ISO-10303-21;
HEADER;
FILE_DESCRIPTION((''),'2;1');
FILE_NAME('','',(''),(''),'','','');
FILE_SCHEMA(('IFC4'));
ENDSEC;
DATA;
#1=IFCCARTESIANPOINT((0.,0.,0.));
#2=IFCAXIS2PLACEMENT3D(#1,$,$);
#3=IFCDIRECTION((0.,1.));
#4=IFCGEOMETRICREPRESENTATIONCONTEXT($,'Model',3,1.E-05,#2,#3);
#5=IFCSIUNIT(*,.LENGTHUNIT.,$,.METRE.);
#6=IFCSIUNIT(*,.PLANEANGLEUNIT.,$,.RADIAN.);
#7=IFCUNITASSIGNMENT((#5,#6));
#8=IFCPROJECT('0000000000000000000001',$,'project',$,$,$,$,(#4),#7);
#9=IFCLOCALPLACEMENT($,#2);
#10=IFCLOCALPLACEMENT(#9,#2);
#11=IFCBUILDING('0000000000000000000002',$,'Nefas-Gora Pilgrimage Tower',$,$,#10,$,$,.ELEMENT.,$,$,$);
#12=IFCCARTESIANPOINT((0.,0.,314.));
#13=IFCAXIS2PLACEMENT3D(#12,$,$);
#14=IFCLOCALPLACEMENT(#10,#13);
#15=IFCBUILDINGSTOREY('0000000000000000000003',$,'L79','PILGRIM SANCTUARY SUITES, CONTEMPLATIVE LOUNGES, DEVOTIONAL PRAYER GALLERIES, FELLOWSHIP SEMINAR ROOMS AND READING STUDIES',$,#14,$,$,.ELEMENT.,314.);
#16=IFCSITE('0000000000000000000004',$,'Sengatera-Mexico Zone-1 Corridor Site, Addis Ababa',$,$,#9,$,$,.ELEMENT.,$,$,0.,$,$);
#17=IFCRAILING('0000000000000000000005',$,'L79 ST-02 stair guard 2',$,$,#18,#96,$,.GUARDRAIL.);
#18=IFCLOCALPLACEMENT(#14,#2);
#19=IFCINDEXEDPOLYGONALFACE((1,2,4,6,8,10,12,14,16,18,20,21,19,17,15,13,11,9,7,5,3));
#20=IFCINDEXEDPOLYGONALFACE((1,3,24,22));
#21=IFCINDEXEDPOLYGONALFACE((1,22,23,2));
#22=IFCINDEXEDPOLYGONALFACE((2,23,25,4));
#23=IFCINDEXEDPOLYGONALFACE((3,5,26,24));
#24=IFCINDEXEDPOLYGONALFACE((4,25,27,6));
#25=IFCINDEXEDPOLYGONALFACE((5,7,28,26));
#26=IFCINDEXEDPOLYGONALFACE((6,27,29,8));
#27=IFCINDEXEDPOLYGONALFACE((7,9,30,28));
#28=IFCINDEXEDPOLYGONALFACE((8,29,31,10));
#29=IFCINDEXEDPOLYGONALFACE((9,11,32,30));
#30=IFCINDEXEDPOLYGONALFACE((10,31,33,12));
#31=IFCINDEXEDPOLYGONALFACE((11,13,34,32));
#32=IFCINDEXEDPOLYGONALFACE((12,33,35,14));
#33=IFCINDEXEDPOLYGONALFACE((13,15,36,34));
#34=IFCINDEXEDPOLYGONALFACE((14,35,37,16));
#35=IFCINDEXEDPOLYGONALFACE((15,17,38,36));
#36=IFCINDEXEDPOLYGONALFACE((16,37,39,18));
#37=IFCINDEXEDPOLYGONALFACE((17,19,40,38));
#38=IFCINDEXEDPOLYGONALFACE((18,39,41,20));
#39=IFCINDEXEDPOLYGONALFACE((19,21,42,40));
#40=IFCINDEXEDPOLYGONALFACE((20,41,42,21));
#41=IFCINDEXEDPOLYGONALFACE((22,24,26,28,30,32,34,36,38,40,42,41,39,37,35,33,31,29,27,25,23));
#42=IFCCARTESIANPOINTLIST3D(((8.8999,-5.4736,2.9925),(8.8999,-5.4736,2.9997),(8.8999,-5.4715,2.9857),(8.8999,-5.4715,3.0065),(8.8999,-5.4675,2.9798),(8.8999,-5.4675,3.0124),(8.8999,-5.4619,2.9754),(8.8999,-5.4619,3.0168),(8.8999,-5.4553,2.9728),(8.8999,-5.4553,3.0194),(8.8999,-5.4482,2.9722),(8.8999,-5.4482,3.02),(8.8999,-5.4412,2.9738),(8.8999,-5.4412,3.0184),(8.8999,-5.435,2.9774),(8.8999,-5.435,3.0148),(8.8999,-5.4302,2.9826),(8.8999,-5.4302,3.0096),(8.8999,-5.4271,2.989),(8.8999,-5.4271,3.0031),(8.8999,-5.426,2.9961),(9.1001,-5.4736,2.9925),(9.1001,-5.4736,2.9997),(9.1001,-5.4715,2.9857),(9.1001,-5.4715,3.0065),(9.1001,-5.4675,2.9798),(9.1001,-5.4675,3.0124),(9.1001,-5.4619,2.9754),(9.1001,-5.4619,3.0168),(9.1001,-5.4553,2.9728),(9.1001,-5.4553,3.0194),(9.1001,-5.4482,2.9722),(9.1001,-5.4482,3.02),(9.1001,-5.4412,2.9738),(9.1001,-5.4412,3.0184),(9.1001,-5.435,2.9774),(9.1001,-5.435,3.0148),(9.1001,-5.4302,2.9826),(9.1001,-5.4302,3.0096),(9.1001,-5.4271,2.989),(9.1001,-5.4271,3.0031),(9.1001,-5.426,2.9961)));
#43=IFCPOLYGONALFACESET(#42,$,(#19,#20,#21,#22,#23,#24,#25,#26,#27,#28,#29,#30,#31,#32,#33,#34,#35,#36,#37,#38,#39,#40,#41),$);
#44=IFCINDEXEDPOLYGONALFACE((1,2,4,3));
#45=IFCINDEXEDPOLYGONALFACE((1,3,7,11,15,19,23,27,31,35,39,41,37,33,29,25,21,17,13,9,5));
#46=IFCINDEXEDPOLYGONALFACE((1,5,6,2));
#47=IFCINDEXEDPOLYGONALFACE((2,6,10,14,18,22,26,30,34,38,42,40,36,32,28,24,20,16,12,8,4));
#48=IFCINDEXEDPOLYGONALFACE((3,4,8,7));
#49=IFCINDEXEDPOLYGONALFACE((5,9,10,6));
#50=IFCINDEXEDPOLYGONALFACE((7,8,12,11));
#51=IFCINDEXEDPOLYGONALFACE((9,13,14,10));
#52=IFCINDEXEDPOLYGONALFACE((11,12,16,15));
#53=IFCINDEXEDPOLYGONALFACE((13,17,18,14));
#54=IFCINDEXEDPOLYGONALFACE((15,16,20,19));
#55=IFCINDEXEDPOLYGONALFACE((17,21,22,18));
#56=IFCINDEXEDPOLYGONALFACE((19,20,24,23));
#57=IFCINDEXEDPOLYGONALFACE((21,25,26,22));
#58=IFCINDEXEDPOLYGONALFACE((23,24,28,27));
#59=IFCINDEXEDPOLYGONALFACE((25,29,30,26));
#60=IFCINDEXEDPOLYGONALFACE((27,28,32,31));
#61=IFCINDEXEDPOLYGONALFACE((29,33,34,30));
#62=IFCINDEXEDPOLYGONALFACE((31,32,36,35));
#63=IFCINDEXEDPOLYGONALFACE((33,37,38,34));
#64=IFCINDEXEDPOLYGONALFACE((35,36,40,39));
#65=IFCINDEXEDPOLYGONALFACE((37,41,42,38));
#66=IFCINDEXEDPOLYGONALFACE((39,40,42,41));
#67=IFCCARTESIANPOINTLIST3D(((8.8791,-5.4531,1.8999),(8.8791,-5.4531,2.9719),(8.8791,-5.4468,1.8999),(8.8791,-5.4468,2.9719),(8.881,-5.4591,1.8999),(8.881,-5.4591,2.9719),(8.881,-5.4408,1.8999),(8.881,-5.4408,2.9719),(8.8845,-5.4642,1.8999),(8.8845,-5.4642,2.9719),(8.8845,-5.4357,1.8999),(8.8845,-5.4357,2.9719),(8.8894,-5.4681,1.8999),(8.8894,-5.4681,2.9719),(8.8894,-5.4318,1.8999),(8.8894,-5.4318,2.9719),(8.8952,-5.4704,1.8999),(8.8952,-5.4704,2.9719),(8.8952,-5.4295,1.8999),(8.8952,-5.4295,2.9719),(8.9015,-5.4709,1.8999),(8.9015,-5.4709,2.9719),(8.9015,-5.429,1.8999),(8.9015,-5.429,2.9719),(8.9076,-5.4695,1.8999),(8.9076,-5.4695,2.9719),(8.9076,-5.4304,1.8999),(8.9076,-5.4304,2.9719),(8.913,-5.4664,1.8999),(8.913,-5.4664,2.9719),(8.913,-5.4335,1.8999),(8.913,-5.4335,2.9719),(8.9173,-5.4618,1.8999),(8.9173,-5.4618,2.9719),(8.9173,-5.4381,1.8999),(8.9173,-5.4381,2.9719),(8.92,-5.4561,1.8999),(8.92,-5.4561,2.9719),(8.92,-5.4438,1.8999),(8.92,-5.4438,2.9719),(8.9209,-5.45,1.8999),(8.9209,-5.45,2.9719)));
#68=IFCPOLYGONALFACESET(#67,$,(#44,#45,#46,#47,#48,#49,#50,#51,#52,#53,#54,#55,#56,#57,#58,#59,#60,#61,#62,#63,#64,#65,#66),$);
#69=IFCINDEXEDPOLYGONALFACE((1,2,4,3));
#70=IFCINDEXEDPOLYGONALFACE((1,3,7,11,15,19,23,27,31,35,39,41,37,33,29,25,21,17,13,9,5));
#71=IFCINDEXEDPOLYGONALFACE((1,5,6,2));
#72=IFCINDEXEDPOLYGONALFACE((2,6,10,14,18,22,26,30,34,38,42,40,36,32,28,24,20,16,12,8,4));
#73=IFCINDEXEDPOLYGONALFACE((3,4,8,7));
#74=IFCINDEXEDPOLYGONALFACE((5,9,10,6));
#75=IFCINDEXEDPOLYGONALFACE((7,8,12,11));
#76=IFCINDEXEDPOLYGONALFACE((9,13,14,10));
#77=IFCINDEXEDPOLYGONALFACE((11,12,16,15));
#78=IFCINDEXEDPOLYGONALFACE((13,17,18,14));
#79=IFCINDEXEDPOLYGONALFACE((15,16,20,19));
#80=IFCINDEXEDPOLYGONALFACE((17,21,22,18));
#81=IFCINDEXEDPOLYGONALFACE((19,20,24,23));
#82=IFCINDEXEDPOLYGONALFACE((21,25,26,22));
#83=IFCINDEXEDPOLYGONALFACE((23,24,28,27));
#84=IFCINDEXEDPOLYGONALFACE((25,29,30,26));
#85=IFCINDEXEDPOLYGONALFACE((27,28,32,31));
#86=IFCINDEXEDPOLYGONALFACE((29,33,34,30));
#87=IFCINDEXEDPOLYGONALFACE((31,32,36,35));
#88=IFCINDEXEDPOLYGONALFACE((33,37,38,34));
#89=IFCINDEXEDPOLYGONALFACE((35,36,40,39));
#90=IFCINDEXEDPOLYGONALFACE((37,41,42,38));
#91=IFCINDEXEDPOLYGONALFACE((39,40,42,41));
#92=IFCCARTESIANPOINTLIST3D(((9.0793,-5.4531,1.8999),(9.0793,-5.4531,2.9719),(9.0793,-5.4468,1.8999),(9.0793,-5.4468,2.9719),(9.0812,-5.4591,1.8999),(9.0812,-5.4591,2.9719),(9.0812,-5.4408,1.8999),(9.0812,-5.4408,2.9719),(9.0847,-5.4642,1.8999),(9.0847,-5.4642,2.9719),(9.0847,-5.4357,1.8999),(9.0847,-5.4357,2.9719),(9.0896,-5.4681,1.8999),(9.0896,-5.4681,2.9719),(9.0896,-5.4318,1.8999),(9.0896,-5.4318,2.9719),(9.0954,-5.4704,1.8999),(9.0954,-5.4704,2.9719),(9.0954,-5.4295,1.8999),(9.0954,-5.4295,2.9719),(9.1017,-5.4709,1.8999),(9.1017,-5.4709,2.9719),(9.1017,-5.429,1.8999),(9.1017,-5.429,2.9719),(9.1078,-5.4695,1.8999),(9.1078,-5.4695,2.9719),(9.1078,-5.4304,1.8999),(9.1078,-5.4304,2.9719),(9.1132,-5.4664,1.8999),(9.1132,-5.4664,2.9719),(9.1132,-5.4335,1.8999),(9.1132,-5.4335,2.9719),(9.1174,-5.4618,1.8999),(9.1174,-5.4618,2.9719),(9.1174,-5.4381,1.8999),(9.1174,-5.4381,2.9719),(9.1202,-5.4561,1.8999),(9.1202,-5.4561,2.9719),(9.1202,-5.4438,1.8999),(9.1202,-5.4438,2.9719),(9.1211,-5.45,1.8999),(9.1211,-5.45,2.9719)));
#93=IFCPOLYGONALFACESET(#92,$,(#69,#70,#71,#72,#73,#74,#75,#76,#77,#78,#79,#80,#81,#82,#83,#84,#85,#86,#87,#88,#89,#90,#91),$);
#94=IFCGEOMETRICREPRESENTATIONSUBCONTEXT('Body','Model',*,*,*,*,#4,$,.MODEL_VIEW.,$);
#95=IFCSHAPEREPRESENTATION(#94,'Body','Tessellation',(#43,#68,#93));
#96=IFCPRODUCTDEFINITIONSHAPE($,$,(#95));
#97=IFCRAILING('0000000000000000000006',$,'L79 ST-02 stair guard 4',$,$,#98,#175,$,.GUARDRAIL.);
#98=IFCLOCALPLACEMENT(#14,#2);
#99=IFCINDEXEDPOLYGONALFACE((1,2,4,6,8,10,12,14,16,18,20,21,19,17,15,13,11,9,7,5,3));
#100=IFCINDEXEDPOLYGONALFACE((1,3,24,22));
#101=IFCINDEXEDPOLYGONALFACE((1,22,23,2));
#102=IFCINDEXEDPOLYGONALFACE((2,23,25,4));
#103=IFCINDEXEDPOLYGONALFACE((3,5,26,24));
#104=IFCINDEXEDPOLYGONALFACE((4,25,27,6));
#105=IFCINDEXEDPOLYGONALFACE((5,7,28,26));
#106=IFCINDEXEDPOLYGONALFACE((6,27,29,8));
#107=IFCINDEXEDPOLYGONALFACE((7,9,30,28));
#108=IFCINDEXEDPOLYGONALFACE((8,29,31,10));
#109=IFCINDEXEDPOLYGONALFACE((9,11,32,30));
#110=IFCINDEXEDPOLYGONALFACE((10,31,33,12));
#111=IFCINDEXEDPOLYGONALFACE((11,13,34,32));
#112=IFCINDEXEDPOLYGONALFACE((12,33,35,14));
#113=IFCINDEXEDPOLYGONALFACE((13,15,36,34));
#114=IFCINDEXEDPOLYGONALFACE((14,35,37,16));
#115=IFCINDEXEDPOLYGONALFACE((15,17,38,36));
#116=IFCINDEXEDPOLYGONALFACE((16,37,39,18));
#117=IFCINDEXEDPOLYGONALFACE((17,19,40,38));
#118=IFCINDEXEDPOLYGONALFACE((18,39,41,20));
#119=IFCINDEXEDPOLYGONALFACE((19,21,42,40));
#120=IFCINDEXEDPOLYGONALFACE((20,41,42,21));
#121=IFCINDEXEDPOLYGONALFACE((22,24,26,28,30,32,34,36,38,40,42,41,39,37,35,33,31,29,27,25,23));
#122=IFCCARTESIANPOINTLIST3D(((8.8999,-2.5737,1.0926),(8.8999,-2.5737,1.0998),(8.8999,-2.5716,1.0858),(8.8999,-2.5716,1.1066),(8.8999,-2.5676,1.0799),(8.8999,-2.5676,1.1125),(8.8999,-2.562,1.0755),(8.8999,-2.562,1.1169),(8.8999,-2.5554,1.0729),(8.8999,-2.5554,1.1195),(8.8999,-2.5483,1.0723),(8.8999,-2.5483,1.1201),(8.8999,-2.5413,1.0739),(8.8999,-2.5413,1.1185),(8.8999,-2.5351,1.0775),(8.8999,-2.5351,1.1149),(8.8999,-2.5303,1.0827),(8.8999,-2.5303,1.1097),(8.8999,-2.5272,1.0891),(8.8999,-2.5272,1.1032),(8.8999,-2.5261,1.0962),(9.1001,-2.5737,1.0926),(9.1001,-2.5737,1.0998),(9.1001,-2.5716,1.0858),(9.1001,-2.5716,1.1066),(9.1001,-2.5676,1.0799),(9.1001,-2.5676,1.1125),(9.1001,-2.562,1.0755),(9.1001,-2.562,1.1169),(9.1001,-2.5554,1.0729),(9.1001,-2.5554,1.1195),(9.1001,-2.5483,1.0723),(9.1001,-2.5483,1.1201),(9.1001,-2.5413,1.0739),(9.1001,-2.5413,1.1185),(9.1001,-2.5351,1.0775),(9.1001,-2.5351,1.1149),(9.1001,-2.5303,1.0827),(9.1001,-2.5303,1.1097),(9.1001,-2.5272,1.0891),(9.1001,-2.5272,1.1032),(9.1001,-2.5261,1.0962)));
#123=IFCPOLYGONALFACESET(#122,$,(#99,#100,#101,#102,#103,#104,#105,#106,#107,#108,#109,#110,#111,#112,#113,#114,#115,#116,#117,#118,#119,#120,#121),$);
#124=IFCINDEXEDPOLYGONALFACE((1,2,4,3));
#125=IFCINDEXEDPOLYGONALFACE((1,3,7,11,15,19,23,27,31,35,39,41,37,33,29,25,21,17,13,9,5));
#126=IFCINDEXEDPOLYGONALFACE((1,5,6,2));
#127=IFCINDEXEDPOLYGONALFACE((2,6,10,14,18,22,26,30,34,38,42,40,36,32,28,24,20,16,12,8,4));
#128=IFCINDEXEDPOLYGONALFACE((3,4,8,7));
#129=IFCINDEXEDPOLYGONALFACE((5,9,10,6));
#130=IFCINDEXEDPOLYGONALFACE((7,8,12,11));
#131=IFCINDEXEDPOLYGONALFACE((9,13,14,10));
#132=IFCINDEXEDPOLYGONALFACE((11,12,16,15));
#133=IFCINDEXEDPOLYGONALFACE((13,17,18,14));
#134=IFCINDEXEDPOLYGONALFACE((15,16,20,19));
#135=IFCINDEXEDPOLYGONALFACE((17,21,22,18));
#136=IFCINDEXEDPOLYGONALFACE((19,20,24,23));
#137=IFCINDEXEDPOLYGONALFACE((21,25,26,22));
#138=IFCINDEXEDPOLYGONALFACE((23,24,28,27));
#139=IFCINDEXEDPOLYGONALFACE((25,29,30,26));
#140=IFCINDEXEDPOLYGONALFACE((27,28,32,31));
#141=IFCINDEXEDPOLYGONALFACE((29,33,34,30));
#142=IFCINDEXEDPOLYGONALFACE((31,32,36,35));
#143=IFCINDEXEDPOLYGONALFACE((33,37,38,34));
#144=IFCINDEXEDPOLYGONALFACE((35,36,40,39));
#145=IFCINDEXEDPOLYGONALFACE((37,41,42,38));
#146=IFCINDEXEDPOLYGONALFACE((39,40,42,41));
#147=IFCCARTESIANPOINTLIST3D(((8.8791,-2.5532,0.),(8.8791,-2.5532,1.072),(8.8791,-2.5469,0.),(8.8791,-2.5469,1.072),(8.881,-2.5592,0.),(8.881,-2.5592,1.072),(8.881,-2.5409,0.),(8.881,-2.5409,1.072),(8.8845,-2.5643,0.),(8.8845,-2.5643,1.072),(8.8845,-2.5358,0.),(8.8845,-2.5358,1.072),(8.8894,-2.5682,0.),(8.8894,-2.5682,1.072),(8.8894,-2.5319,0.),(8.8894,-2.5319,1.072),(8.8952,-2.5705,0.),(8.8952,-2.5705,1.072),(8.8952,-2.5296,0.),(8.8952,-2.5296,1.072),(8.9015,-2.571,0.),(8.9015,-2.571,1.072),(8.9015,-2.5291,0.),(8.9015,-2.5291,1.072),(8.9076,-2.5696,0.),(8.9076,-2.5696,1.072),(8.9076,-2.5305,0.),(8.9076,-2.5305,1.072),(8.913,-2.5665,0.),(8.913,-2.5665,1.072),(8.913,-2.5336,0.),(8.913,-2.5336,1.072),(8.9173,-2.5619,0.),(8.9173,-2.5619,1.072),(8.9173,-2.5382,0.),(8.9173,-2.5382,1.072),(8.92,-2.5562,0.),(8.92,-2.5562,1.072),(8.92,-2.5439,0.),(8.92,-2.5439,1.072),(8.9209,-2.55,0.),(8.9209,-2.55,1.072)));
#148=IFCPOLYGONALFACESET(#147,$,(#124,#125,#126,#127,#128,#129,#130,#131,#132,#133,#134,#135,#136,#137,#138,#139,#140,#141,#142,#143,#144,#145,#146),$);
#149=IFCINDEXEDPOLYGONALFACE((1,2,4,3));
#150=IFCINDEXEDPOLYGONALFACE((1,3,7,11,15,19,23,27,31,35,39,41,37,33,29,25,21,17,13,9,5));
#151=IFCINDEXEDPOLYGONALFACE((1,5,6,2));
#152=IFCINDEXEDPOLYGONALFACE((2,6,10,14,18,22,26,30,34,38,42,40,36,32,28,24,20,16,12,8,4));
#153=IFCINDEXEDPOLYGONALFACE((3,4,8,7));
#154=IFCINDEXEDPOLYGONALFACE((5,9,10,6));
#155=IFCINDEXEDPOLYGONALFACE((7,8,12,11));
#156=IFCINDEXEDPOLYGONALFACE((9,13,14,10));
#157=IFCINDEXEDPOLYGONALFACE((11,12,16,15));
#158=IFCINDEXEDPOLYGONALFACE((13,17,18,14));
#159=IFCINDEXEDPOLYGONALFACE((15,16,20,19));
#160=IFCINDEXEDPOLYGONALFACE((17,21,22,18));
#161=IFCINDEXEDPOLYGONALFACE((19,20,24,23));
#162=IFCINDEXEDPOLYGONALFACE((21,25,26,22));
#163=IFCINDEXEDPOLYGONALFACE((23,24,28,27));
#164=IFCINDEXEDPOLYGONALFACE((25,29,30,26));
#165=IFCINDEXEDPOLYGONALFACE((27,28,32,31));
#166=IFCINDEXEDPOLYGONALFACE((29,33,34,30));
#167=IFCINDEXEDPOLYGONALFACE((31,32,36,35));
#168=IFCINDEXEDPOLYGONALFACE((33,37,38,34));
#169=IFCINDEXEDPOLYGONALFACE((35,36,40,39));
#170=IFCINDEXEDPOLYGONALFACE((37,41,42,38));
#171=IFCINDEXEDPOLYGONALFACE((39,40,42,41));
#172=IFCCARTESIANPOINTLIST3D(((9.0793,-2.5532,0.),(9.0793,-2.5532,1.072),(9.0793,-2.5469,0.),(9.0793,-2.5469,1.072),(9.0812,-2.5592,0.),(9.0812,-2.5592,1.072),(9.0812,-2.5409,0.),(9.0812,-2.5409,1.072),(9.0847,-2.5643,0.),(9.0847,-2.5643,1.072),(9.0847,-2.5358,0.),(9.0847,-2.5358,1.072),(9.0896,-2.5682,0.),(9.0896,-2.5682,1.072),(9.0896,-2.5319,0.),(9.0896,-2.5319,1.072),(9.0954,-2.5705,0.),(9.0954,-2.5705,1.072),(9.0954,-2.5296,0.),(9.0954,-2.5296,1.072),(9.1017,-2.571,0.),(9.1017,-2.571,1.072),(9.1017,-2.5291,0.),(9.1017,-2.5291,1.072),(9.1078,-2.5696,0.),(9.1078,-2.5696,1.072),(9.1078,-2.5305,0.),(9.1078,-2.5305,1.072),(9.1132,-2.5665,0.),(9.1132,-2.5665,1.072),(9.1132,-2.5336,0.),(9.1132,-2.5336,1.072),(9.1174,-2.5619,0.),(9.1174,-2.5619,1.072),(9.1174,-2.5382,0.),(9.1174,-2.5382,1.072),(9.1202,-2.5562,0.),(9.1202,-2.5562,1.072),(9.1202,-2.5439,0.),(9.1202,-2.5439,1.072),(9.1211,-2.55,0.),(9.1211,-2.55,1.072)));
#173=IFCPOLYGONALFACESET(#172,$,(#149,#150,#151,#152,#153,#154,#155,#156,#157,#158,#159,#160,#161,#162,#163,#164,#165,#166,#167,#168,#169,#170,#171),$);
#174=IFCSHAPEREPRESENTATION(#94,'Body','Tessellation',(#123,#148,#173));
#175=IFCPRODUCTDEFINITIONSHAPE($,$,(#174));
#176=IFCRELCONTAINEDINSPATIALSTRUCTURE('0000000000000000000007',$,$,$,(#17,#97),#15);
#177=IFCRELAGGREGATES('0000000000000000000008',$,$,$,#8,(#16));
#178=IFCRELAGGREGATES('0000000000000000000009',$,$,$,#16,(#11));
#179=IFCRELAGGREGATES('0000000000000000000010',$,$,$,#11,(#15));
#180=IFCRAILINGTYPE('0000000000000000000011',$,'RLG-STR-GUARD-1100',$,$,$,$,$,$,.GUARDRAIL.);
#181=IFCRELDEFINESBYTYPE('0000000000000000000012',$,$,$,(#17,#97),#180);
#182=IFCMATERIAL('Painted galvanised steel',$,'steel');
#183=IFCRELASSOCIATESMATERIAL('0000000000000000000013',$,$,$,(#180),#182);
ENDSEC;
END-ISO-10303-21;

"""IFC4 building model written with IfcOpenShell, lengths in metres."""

from ifc_helpers import new_model, si_unit, direction, frame, origin, origin_2d, place, context, subcontext, project, spatial, circle, extrude, material, type_object, element, save


model = new_model("IFC4")

# Units and contexts
model_context = context("Model", 3, precision=1e-05, world=origin(), true_north=direction((0.0, 1.0)))
body_context = subcontext(model_context, "Body", "Model", "MODEL_VIEW")
ifc_project = project(units=[si_unit("LENGTHUNIT", "METRE"), si_unit("PLANEANGLEUNIT", "RADIAN")], contexts=[model_context])

# Site, building, storey
site_placement = place(None, origin())
site = spatial("IfcSite", under=ifc_project, at=site_placement, Name="Sengatera-Mexico Zone-1 Corridor Site, Addis Ababa", CompositionType="ELEMENT", RefElevation=0.0)
building_placement = place(site_placement, origin())
building = spatial("IfcBuilding", under=site, at=building_placement, Name="Nefas-Gora Pilgrimage Tower", CompositionType="ELEMENT")
storey_placement = place(building_placement, frame((0.0, 0.0, 314.0)))
storey = spatial("IfcBuildingStorey", under=building, at=storey_placement, Name="L79", Description="PILGRIM SANCTUARY SUITES, CONTEMPLATIVE LOUNGES, DEVOTIONAL PRAYER GALLERIES, FELLOWSHIP SEMINAR ROOMS AND READING STUDIES", CompositionType="ELEMENT", Elevation=314.0)

# Railings
ifc_material_1 = material(Name="Painted galvanised steel", Category="steel")
railing_type_1 = type_object("IfcRailingType", Name="RLG-STR-GUARD-1100", PredefinedType="GUARDRAIL", material=ifc_material_1)
for number, where, name in (
    (1, (8.8999, -5.45, 1.8999), "L79 ST-02 stair guard 2"),
    (2, (8.8999, -2.55, 0.0), "L79 ST-02 stair guard 4"),
):
    element("IfcRailing", number, at=place(storey_placement, frame(where)), inside=storey, type_object=railing_type_1, Name=name, PredefinedType="GUARDRAIL", context=body_context, shape_type="SweptSolid", body=[
        extrude(circle(Radius=0.0239, at=origin_2d()), frame((0.0, 0.0, 1.0962), z_axis=(1.0, 0.0, 0.0), x_axis=(0.0, 1.0, 0.0)), (0.0, 0.0, 1.0), 0.2002),
        extrude(circle(Radius=0.021, at=origin_2d()), origin(), (0.0, 0.0, 1.0), 1.072),
        extrude(circle(Radius=0.021, at=origin_2d()), frame((0.2002, 0.0, 0.0)), (0.0, 0.0, 1.0), 1.072),
    ])

save(model, "model.ifc")
